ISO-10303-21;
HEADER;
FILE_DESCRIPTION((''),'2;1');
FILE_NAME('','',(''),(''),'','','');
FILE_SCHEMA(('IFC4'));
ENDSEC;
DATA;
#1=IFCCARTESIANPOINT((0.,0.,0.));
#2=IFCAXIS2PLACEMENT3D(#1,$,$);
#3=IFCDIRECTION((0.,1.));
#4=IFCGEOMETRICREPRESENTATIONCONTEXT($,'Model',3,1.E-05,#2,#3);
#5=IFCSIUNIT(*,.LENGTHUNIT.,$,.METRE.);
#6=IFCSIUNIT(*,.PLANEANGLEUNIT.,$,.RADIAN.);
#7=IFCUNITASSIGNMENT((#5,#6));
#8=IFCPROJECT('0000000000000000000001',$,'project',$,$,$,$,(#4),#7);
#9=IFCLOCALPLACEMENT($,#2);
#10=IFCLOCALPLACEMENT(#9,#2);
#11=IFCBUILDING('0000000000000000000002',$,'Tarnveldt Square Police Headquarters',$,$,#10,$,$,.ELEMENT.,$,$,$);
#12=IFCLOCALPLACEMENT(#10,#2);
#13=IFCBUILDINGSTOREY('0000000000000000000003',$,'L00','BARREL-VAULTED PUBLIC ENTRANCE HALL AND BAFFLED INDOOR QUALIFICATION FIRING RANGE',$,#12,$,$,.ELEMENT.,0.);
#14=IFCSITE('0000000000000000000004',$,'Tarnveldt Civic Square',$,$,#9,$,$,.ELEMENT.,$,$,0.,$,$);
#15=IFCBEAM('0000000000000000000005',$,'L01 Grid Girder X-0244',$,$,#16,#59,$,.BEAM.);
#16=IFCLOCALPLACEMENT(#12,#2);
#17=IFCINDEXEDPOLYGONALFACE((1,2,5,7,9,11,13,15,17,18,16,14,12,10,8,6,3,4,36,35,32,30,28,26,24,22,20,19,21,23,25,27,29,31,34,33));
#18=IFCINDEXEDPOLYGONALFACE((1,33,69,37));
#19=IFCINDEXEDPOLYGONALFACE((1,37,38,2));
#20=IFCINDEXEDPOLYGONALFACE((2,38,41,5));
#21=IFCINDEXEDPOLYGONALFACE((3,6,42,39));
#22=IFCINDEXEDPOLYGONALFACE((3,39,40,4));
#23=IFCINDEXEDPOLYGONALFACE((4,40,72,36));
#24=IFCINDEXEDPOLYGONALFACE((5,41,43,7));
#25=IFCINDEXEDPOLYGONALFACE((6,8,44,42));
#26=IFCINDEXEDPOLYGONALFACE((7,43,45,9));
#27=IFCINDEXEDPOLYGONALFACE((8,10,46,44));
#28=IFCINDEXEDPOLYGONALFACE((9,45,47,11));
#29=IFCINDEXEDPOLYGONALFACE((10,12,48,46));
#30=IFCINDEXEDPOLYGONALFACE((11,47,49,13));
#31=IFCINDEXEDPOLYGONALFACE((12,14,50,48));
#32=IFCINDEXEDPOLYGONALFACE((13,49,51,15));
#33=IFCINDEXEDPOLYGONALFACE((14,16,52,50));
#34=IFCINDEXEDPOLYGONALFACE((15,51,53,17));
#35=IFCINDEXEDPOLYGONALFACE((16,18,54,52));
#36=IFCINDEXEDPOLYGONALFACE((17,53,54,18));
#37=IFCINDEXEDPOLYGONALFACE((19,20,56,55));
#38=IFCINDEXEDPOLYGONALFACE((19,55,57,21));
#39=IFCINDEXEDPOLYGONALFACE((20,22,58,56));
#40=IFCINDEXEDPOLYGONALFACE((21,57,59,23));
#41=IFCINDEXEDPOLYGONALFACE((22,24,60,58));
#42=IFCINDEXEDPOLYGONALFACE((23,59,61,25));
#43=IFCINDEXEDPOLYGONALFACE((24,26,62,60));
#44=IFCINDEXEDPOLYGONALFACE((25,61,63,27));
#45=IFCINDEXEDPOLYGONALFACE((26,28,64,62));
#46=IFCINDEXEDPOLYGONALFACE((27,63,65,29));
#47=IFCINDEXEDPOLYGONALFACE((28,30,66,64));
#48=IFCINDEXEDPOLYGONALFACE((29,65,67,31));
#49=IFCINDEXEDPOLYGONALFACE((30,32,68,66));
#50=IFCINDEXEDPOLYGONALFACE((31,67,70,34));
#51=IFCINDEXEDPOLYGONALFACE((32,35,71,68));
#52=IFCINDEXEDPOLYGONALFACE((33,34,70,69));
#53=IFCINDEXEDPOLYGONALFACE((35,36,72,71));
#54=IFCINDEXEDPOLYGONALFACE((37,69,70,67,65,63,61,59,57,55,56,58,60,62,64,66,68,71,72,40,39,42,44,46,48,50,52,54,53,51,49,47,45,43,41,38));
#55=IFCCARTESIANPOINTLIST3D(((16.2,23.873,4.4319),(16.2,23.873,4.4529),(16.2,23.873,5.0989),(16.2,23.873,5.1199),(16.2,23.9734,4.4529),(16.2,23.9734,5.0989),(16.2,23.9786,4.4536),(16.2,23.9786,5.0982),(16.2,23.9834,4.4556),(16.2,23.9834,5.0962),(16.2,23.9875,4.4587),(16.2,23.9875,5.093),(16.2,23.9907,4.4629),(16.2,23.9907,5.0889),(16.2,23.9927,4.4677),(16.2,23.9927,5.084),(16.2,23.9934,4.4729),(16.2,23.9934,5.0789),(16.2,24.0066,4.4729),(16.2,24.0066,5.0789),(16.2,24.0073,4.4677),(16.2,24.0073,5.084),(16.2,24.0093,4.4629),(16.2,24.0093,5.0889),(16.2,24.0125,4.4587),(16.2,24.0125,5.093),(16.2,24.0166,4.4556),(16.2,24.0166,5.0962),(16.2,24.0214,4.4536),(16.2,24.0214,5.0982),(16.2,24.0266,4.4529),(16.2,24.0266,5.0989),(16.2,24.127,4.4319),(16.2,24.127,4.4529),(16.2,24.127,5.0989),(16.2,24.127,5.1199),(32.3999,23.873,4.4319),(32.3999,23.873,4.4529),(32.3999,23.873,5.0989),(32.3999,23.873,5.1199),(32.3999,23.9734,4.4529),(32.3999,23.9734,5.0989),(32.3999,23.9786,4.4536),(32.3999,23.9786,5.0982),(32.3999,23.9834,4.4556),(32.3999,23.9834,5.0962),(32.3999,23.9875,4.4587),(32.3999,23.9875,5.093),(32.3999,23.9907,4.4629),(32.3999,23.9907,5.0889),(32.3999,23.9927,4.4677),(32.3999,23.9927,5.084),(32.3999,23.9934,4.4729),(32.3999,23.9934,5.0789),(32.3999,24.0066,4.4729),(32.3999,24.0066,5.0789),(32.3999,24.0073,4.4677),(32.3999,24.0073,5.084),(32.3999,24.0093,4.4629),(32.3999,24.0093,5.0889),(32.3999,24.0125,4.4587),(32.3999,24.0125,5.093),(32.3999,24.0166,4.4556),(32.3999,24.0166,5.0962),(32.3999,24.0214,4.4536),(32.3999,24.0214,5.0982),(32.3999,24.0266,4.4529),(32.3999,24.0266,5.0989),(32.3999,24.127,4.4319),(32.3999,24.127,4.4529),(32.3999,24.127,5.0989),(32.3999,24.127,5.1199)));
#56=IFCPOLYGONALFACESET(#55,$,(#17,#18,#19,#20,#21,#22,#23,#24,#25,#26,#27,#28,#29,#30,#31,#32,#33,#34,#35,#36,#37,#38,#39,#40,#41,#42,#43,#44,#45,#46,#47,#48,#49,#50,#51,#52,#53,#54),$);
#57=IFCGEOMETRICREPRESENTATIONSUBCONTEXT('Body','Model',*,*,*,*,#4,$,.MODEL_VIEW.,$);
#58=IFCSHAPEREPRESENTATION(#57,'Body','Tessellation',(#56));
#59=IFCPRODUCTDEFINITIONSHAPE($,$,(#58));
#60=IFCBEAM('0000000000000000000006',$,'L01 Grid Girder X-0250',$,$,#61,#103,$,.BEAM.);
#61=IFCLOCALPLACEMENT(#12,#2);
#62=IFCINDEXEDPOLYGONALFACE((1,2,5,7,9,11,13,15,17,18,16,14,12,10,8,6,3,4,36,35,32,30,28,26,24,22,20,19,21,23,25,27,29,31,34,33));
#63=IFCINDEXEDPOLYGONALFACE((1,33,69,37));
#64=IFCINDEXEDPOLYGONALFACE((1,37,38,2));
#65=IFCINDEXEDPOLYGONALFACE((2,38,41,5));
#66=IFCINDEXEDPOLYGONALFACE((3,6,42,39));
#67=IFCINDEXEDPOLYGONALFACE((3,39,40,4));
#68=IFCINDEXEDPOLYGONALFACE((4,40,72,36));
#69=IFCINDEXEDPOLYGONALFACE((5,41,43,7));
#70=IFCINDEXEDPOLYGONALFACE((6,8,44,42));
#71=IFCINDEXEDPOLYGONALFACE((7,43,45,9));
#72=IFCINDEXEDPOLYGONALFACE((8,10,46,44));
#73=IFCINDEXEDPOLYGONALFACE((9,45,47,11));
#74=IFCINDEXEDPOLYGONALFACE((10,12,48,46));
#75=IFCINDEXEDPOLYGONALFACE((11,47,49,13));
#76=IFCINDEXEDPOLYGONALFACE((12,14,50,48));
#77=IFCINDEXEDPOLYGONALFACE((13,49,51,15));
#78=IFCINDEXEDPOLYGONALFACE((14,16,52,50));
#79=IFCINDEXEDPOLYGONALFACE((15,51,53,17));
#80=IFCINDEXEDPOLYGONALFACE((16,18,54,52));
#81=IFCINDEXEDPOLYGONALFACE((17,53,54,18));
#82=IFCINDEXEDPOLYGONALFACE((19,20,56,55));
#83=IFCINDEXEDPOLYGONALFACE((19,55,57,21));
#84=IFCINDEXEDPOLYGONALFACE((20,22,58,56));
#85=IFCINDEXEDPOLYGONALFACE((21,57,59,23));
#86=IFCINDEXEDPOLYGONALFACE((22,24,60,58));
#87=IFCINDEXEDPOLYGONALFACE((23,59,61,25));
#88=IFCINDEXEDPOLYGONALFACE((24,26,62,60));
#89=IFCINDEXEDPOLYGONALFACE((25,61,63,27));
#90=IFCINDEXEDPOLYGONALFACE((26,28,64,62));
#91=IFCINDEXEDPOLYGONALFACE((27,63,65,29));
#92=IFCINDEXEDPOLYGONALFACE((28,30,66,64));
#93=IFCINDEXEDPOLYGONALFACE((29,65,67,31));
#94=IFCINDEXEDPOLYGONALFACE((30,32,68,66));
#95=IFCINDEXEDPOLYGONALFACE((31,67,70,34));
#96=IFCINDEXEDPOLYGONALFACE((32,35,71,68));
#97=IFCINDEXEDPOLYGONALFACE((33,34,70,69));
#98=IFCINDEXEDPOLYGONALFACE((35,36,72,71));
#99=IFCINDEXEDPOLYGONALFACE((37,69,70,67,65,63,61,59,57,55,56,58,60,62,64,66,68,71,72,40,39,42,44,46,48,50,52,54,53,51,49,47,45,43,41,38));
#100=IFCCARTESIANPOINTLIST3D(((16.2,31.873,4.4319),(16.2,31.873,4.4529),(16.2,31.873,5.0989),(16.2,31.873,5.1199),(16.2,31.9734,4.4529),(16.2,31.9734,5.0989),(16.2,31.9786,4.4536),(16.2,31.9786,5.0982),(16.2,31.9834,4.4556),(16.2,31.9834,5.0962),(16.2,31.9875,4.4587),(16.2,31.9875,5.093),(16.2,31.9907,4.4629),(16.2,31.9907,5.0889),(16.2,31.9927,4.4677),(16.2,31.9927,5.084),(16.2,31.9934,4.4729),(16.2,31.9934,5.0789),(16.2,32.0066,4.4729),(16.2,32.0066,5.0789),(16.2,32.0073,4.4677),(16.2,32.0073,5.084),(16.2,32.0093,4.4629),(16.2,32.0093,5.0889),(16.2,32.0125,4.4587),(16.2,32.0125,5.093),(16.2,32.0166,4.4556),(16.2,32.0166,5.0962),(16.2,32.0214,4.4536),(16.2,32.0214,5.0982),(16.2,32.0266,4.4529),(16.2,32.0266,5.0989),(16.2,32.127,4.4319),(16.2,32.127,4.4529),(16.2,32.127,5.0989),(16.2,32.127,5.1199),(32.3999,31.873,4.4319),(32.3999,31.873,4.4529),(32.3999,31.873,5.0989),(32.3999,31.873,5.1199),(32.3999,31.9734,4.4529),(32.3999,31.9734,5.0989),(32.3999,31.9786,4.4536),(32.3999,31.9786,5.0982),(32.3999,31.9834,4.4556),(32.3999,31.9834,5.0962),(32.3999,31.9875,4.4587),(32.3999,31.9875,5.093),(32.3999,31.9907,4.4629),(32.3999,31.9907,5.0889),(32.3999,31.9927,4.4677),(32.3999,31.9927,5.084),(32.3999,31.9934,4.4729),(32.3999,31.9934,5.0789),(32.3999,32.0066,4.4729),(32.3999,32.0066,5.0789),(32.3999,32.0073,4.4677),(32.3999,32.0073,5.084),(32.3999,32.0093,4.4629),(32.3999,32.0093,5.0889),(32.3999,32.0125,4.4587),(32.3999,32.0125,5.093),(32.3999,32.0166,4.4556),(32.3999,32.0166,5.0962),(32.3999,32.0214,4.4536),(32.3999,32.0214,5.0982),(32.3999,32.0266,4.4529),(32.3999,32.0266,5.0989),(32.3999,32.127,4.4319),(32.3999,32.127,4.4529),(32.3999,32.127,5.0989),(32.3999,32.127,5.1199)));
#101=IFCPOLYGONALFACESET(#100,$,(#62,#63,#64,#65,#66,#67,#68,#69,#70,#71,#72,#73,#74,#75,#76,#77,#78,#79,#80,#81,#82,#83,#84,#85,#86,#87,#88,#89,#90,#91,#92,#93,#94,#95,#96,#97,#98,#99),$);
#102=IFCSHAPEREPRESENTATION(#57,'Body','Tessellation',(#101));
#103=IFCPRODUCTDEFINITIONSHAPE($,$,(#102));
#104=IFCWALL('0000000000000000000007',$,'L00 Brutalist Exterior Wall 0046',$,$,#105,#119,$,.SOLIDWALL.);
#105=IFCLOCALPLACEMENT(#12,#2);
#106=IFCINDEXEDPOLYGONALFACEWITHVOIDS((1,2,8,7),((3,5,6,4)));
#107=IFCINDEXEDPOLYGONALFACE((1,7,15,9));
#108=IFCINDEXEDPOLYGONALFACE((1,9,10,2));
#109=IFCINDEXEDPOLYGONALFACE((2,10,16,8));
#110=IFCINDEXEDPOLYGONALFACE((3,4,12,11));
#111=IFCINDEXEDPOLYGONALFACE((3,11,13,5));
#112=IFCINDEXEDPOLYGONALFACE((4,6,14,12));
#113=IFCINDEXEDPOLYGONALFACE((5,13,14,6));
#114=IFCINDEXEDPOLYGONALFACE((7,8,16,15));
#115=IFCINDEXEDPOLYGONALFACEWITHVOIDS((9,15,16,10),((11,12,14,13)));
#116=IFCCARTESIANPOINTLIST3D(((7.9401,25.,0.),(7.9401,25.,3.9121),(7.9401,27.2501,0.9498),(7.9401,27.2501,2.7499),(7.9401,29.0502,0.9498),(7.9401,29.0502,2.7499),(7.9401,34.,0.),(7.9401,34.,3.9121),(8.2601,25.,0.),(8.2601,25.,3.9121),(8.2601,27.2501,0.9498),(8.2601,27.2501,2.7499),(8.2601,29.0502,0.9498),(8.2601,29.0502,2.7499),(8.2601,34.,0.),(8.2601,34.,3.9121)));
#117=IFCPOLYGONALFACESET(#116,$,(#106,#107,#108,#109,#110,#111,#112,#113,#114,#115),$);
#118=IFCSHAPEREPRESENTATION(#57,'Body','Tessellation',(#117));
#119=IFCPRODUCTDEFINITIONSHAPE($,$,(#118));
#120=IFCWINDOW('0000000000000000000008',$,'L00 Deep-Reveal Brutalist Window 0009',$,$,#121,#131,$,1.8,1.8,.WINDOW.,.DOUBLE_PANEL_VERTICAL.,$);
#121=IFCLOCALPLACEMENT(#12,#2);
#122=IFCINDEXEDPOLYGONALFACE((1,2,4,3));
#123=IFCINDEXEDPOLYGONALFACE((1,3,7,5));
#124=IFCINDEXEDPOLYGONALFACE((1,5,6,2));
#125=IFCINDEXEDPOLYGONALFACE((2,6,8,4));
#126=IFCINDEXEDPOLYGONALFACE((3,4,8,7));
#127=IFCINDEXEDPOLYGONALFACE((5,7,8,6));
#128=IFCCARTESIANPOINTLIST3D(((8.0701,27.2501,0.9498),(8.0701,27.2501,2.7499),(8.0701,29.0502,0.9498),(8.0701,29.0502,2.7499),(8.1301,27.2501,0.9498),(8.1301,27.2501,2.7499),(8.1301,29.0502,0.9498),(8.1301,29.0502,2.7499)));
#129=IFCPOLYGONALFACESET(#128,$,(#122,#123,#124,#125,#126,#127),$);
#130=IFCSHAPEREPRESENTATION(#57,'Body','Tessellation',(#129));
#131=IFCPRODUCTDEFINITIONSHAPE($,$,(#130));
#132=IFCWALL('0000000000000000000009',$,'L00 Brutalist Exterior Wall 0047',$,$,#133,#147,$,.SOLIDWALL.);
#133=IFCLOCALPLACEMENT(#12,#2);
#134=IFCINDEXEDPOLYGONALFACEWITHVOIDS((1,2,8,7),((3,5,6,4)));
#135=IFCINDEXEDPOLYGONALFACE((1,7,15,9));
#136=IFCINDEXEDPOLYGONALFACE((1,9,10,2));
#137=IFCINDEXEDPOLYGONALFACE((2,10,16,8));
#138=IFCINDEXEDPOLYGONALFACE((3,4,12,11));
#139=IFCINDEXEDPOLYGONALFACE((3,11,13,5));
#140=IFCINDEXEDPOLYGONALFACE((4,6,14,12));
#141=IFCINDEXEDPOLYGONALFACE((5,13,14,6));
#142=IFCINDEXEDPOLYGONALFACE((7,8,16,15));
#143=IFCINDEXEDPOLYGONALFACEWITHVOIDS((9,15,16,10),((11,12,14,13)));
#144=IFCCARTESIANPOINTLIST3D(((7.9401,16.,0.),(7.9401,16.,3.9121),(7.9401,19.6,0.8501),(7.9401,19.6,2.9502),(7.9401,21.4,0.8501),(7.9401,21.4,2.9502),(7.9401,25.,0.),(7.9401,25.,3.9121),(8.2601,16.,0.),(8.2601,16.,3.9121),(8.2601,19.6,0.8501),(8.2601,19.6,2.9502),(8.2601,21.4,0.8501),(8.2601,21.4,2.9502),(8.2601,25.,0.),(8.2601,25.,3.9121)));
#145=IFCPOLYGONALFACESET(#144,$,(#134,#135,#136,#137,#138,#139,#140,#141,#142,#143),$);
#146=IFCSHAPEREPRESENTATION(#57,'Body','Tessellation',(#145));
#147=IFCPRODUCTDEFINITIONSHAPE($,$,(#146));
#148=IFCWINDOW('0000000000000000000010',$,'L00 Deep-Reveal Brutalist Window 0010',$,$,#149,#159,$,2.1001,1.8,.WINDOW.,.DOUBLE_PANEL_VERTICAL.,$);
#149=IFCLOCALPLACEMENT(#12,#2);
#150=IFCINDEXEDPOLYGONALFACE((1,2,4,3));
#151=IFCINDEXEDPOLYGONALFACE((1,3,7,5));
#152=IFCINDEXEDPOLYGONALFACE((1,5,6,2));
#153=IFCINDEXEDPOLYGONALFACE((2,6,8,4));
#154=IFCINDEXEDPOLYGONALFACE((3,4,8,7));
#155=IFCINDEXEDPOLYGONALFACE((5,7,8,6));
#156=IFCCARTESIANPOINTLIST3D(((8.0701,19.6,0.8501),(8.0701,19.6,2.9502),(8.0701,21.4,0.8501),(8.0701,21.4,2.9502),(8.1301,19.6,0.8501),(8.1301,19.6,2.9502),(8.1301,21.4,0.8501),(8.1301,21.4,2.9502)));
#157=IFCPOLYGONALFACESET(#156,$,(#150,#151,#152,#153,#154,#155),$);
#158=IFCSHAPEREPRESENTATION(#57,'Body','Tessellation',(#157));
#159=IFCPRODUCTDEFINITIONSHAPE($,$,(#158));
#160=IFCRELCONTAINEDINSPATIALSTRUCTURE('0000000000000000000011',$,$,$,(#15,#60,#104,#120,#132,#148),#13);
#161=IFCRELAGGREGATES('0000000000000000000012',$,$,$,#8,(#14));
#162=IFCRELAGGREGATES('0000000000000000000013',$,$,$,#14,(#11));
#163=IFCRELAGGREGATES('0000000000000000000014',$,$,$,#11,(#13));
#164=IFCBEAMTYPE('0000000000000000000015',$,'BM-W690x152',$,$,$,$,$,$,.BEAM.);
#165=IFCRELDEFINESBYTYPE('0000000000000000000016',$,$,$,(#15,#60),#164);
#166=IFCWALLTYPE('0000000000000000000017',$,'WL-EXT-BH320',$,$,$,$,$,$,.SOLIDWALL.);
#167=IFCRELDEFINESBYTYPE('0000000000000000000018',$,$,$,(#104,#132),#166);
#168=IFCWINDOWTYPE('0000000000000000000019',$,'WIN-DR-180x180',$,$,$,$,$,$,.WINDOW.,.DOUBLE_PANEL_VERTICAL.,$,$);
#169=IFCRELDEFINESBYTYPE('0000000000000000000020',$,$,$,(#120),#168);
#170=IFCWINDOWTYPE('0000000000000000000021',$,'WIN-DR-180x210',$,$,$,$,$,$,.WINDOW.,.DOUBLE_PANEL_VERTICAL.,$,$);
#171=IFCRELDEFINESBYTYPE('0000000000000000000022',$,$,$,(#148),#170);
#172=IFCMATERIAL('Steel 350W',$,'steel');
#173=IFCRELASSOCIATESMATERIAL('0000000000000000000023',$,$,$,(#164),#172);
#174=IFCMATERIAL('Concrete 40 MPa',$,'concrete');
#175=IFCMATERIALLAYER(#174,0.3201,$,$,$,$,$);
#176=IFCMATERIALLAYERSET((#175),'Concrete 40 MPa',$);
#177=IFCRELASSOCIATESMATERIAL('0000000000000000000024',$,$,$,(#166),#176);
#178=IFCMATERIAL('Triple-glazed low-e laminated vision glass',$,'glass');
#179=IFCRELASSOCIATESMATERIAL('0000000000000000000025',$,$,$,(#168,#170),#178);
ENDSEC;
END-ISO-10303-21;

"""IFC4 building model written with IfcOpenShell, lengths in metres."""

from ifc_helpers import new_model, si_unit, direction, frame, frame_2d, origin, origin_2d, place, context, subcontext, project, spatial, rectangle, i_section, extrude, material, layer, layer_set, material_profile, profile_set, type_object, element, fill, save


model = new_model("IFC4")

# Units and contexts
model_context = context("Model", 3, precision=1e-05, world=origin(), true_north=direction((0.0, 1.0)))
body_context = subcontext(model_context, "Body", "Model", "MODEL_VIEW")
ifc_project = project(units=[si_unit("LENGTHUNIT", "METRE"), si_unit("PLANEANGLEUNIT", "RADIAN")], contexts=[model_context])

# Site, building, storey
site_placement = place(None, origin())
site = spatial("IfcSite", under=ifc_project, at=site_placement, Name="Tarnveldt Civic Square", CompositionType="ELEMENT", RefElevation=0.0)
building_placement = place(site_placement, origin())
building = spatial("IfcBuilding", under=site, at=building_placement, Name="Tarnveldt Square Police Headquarters", CompositionType="ELEMENT")
storey_placement = place(building_placement, origin())
storey = spatial("IfcBuildingStorey", under=building, at=storey_placement, Name="L00", Description="BARREL-VAULTED PUBLIC ENTRANCE HALL AND BAFFLED INDOOR QUALIFICATION FIRING RANGE", CompositionType="ELEMENT", Elevation=0.0)

# Beams
ifc_material_1 = material(Name="Concrete 40 MPa", Category="concrete")
ifc_material_2 = material(Name="Steel 350W", Category="steel")
ifc_material_profile_1 = material_profile(ifc_material_2, i_section(OverallWidth=0.2539, OverallDepth=0.688, WebThickness=0.0132, FlangeThickness=0.021, FilletRadius=0.02, at=origin_2d()), Name="W690x152")
ifc_profile_set_1 = profile_set([ifc_material_profile_1], Name="Steel 350W")
beam_type_1 = type_object("IfcBeamType", Name="BM-W690x152", PredefinedType="BEAM", material=ifc_profile_set_1)
for number, where, z_axis, x_axis, name in (
    (1, (16.2, 24.0, 4.7759), (1.0, 0.0, 0.0), (0.0, 1.0, 0.0), "L01 Grid Girder X-0244"),
    (2, (16.2, 32.0, 4.7759), (1.0, 0.0, 0.0), (0.0, 1.0, 0.0), "L01 Grid Girder X-0250"),
):
    element("IfcBeam", number, at=place(storey_placement, frame(where, z_axis=z_axis, x_axis=x_axis)), inside=storey, type_object=beam_type_1, Name=name, PredefinedType="BEAM", context=body_context, shape_type="SweptSolid", body=[
        extrude(i_section(OverallWidth=0.2539, OverallDepth=0.688, WebThickness=0.0132, FlangeThickness=0.021, FilletRadius=0.02, at=origin_2d()), origin(), (0.0, 0.0, 1.0), 16.2),
    ])

# Shared definitions
ifc_layer_1 = layer(ifc_material_1, 0.3201)
ifc_layer_set_1 = layer_set([ifc_layer_1], Name="Concrete 40 MPa")
wall_type_1 = type_object("IfcWallType", Name="WL-EXT-BH320", PredefinedType="SOLIDWALL", material=ifc_layer_set_1)

# Walls, openings, windows
wall_1_placement = place(storey_placement, frame((8.1001, 34.0, 0.0), z_axis=(0.0, 0.0, 1.0), x_axis=(0.0, -1.0, 0.0)))
wall_1 = element("IfcWall", 3, at=wall_1_placement, inside=storey, type_object=wall_type_1, Name="L00 Brutalist Exterior Wall 0046", PredefinedType="SOLIDWALL", context=body_context, shape_type="SweptSolid", body=[
    extrude(rectangle(XDim=9.0, YDim=0.3201, at=frame_2d((4.5, 0.0))), origin(), (0.0, 0.0, 1.0), 3.9121),
])
opening_1_placement = place(wall_1_placement, frame((4.95, 0.0, 0.95)))
opening_1 = element("IfcOpeningElement", 4, at=opening_1_placement, cuts=wall_1, PredefinedType="OPENING", context=body_context, shape_type="SweptSolid", body=[
    extrude(rectangle(XDim=1.8, YDim=1.8, at=frame_2d((0.8999, 0.8999))), frame((0.0, 0.1699, 0.0), z_axis=(0.0, -1.0, 0.0), x_axis=(1.0, 0.0, 0.0)), (0.0, 0.0, 1.0), 0.3401),
])
ifc_material_3 = material(Name="Triple-glazed low-e laminated vision glass", Category="glass")
window_type_1 = type_object("IfcWindowType", Name="WIN-DR-180x180", PartitioningType="DOUBLE_PANEL_VERTICAL", PredefinedType="WINDOW", material=ifc_material_3)
window_1_placement = place(opening_1_placement, origin())
window_1 = element("IfcWindow", 5, at=window_1_placement, inside=storey, type_object=window_type_1, Name="L00 Deep-Reveal Brutalist Window 0009", OverallHeight=1.8, OverallWidth=1.8, PartitioningType="DOUBLE_PANEL_VERTICAL", PredefinedType="WINDOW", context=body_context, shape_type="SweptSolid", body=[
    extrude(rectangle(XDim=1.8, YDim=1.8, at=frame_2d((0.8999, 0.8999))), frame((0.0, 0.03, 0.0), z_axis=(0.0, -1.0, 0.0), x_axis=(1.0, 0.0, 0.0)), (0.0, 0.0, 1.0), 0.0601),
])
fill(opening_1, window_1)
wall_2_placement = place(storey_placement, frame((8.1001, 25.0, 0.0), z_axis=(0.0, 0.0, 1.0), x_axis=(0.0, -1.0, 0.0)))
wall_2 = element("IfcWall", 6, at=wall_2_placement, inside=storey, type_object=wall_type_1, Name="L00 Brutalist Exterior Wall 0047", PredefinedType="SOLIDWALL", context=body_context, shape_type="SweptSolid", body=[
    extrude(rectangle(XDim=9.0, YDim=0.3201, at=frame_2d((4.5, 0.0))), origin(), (0.0, 0.0, 1.0), 3.9121),
])
opening_2_placement = place(wall_2_placement, frame((3.6001, 0.0, 0.8501)))
opening_2 = element("IfcOpeningElement", 7, at=opening_2_placement, cuts=wall_2, PredefinedType="OPENING", context=body_context, shape_type="SweptSolid", body=[
    extrude(rectangle(XDim=1.8, YDim=2.1001, at=frame_2d((0.8999, 1.05))), frame((0.0, 0.1699, 0.0), z_axis=(0.0, -1.0, 0.0), x_axis=(1.0, 0.0, 0.0)), (0.0, 0.0, 1.0), 0.3401),
])
window_type_2 = type_object("IfcWindowType", Name="WIN-DR-180x210", PartitioningType="DOUBLE_PANEL_VERTICAL", PredefinedType="WINDOW", material=ifc_material_3)
window_2_placement = place(opening_2_placement, origin())
window_2 = element("IfcWindow", 8, at=window_2_placement, inside=storey, type_object=window_type_2, Name="L00 Deep-Reveal Brutalist Window 0010", OverallHeight=2.1001, OverallWidth=1.8, PartitioningType="DOUBLE_PANEL_VERTICAL", PredefinedType="WINDOW", context=body_context, shape_type="SweptSolid", body=[
    extrude(rectangle(XDim=1.8, YDim=2.1001, at=frame_2d((0.8999, 1.05))), frame((0.0, 0.03, 0.0), z_axis=(0.0, -1.0, 0.0), x_axis=(1.0, 0.0, 0.0)), (0.0, 0.0, 1.0), 0.0601),
])
fill(opening_2, window_2)

save(model, "model.ifc")
